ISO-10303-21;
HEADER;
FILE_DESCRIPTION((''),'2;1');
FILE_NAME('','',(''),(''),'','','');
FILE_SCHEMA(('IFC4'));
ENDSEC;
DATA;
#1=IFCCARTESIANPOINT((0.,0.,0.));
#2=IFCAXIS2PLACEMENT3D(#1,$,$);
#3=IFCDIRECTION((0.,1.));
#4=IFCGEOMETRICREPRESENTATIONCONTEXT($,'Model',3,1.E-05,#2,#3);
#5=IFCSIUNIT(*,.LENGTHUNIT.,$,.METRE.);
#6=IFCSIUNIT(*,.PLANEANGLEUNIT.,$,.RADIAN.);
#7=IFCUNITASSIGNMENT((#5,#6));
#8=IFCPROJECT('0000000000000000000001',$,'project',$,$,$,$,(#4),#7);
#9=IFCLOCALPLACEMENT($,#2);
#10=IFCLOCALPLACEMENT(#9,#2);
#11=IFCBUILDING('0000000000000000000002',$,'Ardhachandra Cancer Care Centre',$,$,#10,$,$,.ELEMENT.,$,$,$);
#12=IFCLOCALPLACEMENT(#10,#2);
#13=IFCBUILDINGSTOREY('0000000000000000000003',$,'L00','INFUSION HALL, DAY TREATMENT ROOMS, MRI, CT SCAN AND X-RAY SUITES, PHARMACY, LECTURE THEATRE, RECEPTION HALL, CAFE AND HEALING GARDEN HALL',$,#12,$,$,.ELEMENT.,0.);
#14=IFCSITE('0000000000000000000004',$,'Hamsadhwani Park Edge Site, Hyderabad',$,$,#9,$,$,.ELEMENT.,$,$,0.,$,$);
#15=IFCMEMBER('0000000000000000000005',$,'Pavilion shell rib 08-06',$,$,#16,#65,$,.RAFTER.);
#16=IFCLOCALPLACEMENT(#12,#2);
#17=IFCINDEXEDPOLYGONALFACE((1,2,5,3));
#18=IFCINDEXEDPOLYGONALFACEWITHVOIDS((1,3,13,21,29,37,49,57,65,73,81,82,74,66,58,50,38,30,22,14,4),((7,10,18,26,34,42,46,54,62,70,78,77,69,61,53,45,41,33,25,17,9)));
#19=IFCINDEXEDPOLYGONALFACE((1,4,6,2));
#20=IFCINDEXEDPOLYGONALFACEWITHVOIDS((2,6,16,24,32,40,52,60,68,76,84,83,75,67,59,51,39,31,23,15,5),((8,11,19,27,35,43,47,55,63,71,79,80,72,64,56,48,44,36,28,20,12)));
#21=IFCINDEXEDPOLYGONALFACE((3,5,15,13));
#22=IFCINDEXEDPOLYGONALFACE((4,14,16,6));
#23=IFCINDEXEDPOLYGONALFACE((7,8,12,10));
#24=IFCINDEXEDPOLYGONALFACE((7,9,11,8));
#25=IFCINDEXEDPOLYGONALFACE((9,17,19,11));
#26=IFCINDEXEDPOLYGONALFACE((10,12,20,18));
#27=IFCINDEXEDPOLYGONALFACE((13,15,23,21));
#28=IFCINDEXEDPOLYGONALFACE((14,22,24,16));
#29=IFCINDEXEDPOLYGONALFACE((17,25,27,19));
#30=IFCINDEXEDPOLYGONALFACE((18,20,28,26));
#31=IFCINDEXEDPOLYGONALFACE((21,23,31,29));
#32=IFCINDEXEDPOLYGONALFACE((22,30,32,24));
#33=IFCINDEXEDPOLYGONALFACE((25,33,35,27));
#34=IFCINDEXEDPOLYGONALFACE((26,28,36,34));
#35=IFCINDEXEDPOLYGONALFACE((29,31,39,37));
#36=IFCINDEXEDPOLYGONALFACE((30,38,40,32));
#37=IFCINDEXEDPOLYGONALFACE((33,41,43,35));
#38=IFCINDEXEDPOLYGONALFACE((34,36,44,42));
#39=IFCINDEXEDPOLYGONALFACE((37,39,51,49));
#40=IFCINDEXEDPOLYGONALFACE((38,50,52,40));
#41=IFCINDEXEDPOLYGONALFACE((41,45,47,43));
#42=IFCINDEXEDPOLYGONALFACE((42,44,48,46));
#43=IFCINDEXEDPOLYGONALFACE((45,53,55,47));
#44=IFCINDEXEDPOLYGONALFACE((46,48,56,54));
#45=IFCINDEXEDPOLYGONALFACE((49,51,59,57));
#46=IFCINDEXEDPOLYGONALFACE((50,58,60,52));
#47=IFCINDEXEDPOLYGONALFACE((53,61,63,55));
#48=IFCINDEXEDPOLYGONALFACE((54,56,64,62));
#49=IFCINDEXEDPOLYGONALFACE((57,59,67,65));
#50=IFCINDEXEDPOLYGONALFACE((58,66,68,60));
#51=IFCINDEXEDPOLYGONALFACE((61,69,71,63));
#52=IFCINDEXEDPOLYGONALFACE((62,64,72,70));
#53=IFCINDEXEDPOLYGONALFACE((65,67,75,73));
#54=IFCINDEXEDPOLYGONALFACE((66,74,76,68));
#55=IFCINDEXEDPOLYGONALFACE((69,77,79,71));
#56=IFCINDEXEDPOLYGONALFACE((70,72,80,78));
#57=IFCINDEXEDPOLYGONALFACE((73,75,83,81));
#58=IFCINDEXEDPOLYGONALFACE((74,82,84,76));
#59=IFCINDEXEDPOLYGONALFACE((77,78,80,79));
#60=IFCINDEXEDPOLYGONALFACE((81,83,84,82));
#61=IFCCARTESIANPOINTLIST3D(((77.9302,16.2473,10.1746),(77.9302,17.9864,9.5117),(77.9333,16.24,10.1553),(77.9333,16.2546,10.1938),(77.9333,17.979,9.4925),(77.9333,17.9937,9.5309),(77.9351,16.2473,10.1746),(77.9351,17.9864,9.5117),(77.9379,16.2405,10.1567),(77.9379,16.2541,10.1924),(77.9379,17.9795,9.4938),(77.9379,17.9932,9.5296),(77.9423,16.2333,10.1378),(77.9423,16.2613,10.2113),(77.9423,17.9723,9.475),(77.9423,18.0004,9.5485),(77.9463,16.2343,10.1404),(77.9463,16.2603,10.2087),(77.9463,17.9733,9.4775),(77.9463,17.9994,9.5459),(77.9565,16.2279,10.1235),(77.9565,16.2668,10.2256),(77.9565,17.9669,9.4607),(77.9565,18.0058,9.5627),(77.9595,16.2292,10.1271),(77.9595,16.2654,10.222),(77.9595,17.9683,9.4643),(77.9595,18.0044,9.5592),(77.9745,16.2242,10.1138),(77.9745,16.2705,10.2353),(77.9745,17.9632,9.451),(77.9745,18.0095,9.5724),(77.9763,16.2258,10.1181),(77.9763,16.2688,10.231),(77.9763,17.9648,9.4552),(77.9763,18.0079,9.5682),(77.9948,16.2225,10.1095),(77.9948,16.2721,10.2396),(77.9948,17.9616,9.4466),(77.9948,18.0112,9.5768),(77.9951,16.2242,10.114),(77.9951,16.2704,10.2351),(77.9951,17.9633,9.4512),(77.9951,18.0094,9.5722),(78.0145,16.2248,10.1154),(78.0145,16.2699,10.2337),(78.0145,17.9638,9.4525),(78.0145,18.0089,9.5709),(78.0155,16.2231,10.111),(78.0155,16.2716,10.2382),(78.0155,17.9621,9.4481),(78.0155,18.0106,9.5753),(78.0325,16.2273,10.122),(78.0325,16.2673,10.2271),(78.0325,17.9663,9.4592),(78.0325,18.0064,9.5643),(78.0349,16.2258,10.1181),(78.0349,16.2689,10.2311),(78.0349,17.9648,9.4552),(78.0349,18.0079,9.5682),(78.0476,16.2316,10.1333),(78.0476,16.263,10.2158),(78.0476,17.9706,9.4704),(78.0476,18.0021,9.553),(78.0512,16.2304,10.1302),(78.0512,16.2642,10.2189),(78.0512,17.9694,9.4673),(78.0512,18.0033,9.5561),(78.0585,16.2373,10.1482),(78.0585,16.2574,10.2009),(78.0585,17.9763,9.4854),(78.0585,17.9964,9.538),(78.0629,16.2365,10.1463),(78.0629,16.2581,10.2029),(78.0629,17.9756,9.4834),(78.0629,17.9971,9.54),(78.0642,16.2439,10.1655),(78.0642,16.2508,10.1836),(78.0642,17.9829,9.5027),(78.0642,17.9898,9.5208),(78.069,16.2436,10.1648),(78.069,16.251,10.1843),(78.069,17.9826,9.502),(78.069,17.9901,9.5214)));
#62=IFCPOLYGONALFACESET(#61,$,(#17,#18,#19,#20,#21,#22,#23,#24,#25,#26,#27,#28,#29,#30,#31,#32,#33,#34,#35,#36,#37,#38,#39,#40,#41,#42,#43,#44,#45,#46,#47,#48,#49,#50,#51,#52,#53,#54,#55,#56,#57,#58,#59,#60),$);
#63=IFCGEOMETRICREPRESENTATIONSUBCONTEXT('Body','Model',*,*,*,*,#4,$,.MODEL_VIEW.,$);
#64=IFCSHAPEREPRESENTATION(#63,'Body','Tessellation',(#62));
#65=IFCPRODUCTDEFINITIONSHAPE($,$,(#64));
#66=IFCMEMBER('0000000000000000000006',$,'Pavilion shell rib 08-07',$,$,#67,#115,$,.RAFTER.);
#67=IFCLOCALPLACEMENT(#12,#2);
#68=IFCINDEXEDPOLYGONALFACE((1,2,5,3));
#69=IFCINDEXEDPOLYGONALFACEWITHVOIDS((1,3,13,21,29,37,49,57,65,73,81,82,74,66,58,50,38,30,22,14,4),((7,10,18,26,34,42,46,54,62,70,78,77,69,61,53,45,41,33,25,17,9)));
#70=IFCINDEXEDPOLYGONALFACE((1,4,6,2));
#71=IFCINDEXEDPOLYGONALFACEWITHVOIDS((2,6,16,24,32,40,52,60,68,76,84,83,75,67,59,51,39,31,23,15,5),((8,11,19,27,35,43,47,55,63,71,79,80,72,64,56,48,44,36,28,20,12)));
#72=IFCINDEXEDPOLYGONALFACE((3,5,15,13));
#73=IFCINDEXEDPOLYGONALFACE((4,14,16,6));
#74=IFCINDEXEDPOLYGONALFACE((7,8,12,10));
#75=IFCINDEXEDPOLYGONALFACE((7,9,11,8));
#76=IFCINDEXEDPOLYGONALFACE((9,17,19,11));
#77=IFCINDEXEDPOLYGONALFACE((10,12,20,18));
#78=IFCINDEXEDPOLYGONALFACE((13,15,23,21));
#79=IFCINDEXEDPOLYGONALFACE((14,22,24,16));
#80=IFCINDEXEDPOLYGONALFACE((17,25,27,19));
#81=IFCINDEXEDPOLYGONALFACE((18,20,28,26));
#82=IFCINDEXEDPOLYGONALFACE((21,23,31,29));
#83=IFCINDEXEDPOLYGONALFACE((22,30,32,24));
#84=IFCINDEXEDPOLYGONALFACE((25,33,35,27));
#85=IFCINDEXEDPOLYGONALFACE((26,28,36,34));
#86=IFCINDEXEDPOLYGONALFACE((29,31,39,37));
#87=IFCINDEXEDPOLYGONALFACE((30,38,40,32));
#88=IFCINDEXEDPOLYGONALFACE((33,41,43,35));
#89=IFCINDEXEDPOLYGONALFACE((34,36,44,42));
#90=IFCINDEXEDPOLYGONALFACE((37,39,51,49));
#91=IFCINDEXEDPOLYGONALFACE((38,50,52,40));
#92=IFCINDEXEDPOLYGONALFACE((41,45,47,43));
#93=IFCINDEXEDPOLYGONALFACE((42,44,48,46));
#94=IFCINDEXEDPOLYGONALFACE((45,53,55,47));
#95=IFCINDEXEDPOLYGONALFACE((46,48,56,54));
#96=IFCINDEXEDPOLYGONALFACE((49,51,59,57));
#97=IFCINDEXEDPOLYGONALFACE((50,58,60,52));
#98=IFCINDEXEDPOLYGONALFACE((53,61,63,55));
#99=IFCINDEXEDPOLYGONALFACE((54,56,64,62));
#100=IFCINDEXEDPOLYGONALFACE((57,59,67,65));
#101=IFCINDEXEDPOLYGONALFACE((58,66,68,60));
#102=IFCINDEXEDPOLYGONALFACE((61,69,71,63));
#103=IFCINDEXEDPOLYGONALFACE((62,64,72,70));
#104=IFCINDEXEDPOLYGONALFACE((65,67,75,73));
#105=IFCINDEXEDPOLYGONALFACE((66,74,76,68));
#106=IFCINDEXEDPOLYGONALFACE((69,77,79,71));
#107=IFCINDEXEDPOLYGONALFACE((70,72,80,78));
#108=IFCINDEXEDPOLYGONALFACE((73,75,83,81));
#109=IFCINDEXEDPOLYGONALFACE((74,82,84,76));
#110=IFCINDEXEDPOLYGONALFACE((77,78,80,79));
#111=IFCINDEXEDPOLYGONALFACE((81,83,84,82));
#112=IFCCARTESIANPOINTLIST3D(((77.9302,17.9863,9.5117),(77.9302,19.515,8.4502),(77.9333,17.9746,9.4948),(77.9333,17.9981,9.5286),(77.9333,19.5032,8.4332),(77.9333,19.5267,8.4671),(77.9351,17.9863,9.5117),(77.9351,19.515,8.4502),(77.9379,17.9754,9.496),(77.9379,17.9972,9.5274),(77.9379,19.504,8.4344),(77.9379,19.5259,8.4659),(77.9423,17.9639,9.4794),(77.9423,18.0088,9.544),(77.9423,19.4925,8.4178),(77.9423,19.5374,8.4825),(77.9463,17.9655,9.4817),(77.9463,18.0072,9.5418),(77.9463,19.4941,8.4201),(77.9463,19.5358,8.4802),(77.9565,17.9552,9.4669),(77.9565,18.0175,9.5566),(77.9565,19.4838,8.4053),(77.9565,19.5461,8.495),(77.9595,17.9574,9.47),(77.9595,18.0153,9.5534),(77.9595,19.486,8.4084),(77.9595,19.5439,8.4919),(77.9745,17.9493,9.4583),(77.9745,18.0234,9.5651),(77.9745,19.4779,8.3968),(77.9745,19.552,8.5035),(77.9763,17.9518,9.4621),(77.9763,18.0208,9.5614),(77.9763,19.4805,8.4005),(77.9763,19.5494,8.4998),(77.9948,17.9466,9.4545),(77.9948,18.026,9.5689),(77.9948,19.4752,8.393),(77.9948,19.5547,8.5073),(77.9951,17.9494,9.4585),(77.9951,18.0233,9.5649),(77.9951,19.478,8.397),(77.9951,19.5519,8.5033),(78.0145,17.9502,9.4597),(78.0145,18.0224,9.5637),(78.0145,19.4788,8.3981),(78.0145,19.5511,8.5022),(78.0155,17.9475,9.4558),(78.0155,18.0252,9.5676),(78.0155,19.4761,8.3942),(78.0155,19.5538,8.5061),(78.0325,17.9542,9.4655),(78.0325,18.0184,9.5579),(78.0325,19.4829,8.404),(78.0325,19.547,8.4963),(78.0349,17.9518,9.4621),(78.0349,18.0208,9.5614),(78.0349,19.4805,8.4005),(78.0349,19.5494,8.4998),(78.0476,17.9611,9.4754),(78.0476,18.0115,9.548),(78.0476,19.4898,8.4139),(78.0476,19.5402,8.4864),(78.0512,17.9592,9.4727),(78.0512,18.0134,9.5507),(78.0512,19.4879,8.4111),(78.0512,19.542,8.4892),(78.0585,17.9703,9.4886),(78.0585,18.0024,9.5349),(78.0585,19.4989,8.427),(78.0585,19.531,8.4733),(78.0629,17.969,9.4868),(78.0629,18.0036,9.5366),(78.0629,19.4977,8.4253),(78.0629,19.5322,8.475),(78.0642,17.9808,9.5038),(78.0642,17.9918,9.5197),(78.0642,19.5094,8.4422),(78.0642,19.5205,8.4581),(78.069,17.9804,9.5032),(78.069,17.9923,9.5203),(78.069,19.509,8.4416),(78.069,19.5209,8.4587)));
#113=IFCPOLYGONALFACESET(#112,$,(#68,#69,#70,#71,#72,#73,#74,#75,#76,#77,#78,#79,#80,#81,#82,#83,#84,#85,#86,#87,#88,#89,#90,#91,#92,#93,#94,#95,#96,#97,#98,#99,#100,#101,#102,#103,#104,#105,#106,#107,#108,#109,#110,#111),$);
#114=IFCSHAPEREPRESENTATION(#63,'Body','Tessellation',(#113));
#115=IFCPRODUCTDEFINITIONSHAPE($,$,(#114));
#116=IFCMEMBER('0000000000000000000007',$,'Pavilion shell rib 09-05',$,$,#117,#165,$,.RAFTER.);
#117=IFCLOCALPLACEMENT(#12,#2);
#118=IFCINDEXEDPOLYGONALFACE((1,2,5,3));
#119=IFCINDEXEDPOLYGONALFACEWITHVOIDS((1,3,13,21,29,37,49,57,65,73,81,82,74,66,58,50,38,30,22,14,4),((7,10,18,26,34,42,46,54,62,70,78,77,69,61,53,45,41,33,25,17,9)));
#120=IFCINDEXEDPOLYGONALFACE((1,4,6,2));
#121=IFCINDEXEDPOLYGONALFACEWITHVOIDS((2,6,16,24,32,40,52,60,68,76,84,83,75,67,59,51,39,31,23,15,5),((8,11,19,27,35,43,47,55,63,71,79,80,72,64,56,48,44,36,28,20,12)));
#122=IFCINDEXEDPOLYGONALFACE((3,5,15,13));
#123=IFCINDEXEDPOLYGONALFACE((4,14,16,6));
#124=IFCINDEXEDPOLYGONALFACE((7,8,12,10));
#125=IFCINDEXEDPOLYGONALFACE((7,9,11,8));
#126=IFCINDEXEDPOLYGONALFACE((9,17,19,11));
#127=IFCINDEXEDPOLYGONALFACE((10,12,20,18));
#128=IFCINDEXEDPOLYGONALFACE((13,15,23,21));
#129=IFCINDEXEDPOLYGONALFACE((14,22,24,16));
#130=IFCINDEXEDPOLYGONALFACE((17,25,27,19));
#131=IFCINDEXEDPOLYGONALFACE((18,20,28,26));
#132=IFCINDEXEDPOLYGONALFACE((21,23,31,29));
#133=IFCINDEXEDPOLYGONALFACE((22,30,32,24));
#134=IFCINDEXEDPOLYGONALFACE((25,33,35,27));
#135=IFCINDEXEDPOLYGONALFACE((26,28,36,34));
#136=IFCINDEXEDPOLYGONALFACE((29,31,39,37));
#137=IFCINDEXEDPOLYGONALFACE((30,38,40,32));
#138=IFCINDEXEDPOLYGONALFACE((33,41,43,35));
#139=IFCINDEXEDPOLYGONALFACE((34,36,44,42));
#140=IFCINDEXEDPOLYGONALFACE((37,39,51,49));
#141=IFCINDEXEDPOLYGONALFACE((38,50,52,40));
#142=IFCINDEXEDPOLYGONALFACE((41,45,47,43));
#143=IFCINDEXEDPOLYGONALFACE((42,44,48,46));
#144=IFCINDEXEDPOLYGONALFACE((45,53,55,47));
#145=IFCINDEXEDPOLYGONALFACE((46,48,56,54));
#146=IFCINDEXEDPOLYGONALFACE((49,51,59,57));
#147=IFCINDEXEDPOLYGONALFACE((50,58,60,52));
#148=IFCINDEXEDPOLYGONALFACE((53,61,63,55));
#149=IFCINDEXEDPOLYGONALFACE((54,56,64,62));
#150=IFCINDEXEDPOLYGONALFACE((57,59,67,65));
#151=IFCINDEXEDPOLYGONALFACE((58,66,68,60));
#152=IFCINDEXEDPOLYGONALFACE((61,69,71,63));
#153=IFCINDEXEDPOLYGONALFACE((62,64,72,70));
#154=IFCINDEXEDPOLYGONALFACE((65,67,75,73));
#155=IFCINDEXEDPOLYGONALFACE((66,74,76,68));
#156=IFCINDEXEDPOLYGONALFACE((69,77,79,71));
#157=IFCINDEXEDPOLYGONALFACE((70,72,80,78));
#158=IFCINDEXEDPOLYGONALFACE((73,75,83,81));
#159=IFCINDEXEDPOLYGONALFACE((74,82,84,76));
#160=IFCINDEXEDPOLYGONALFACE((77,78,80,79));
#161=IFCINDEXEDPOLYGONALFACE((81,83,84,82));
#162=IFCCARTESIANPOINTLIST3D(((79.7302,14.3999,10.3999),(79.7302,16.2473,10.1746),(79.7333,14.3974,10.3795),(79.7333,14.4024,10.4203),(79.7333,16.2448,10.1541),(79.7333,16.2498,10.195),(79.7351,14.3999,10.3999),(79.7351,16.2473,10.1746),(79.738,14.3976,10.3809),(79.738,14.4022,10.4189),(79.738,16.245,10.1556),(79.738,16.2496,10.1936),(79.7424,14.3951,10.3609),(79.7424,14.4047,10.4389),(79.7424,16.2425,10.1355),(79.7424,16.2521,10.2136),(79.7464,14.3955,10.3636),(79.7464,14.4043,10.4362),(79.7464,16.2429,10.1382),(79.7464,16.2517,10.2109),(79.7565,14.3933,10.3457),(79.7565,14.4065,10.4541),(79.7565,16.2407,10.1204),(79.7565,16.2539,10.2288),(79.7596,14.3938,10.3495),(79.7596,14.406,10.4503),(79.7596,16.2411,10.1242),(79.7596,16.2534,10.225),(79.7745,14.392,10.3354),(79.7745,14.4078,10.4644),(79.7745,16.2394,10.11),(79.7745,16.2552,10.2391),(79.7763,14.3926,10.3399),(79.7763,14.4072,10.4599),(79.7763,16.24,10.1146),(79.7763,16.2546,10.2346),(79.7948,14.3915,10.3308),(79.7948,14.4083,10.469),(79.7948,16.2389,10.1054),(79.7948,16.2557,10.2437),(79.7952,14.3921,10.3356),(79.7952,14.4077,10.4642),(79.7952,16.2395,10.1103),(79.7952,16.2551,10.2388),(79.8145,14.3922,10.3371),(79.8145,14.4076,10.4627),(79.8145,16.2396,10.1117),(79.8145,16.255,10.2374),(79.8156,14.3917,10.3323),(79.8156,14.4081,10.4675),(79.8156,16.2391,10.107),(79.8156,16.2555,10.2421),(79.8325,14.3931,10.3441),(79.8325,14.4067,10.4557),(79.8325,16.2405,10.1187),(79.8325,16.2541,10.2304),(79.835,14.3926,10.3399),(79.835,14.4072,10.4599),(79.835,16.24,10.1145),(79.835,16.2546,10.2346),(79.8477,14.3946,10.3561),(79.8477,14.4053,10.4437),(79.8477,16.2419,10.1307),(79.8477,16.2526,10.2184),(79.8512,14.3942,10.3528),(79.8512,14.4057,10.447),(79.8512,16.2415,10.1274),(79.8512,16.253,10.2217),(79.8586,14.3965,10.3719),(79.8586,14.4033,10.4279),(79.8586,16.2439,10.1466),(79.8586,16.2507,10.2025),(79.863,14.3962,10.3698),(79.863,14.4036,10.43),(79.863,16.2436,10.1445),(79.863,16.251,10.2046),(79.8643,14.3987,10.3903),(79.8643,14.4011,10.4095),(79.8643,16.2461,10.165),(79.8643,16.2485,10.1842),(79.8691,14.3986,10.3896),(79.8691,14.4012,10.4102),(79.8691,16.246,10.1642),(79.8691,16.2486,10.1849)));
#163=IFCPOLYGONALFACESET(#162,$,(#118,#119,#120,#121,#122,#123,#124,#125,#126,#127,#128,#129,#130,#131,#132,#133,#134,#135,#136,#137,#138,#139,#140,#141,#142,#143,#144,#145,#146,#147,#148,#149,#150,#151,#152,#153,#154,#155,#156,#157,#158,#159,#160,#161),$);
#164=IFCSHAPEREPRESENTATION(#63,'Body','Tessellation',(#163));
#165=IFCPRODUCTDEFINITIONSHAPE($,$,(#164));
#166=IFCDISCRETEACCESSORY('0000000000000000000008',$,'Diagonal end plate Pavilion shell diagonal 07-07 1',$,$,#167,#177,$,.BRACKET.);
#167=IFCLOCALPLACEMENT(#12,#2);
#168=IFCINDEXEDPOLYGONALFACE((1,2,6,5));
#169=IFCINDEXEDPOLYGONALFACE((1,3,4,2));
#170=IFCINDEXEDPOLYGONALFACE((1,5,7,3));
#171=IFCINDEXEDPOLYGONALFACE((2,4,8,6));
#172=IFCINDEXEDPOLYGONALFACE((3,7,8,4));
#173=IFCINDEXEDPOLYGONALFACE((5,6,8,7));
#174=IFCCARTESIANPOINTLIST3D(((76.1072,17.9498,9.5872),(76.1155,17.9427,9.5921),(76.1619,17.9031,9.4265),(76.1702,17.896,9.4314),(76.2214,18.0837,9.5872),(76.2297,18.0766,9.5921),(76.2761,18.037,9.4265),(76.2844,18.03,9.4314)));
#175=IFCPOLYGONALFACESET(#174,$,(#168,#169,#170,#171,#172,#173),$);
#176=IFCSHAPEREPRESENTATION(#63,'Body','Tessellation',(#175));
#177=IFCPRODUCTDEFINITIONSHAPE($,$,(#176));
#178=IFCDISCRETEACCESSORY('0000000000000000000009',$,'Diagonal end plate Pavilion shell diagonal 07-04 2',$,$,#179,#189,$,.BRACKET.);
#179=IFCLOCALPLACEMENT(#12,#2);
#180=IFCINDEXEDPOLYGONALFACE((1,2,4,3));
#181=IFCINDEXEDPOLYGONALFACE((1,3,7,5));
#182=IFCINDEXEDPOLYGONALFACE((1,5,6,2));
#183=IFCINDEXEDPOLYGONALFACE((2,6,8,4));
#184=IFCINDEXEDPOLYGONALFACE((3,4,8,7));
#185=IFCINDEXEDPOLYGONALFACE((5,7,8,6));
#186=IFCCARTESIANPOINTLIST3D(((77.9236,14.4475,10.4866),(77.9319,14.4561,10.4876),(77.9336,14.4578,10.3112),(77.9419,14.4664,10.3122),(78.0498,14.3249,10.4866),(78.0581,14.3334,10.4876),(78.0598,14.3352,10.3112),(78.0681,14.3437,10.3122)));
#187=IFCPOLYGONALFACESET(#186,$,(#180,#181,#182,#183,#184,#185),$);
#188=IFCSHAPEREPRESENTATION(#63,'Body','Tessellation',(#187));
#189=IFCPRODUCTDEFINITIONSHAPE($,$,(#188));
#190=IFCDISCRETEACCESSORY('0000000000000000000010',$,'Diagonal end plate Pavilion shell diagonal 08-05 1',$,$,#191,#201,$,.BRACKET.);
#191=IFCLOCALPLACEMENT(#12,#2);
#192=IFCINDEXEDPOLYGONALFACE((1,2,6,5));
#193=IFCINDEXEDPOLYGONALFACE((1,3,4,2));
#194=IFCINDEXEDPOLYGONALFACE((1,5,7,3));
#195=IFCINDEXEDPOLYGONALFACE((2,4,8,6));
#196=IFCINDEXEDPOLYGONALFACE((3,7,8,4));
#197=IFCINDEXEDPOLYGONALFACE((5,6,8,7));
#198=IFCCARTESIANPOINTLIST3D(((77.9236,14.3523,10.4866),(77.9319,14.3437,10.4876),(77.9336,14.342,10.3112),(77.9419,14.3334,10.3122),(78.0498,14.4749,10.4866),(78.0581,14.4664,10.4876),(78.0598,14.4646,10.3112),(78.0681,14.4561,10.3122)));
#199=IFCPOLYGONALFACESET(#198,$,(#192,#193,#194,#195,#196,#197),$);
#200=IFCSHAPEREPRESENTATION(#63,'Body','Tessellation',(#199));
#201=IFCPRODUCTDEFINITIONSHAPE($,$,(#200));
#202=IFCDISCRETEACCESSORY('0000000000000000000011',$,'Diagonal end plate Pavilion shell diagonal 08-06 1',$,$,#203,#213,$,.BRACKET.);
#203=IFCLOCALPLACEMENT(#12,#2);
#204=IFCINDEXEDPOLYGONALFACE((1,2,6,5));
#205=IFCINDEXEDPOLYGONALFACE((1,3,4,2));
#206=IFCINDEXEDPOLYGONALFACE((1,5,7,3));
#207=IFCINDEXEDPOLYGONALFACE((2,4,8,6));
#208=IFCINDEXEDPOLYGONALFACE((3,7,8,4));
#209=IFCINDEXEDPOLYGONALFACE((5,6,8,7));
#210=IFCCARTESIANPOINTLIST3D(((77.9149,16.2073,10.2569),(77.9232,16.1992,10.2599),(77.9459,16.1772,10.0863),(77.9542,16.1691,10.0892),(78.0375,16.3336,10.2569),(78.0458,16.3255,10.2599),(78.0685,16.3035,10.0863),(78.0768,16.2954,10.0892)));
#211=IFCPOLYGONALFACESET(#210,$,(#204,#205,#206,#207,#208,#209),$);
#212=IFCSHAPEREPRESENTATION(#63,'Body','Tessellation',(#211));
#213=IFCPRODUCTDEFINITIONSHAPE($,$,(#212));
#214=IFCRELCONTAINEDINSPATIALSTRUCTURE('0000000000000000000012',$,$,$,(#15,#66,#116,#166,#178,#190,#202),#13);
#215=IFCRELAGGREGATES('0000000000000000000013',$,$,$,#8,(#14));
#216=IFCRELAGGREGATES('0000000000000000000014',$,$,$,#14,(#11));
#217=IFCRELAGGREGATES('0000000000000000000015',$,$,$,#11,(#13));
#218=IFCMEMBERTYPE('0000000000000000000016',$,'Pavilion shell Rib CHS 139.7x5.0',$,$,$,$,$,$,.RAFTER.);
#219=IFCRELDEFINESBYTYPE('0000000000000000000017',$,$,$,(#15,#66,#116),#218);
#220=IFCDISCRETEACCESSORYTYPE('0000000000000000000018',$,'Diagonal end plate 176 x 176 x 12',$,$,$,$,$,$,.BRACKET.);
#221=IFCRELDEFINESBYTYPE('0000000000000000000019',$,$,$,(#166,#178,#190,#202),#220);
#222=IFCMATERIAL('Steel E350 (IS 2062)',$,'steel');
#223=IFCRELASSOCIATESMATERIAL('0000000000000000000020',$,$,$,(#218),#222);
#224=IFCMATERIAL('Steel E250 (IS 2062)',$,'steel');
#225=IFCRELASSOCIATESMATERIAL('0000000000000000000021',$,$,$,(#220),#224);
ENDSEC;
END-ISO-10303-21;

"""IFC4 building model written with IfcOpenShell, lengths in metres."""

from ifc_helpers import new_model, si_unit, direction, frame, origin, origin_2d, place, context, subcontext, project, spatial, rectangle, hollow_circle, extrude, material, material_profile, profile_set, type_object, element, save


model = new_model("IFC4")

# Units and contexts
model_context = context("Model", 3, precision=1e-05, world=origin(), true_north=direction((0.0, 1.0)))
body_context = subcontext(model_context, "Body", "Model", "MODEL_VIEW")
ifc_project = project(units=[si_unit("LENGTHUNIT", "METRE"), si_unit("PLANEANGLEUNIT", "RADIAN")], contexts=[model_context])

# Site, building, storey
site_placement = place(None, origin())
site = spatial("IfcSite", under=ifc_project, at=site_placement, Name="Hamsadhwani Park Edge Site, Hyderabad", CompositionType="ELEMENT", RefElevation=0.0)
building_placement = place(site_placement, origin())
building = spatial("IfcBuilding", under=site, at=building_placement, Name="Ardhachandra Cancer Care Centre", CompositionType="ELEMENT")
storey_placement = place(building_placement, origin())
storey = spatial("IfcBuildingStorey", under=building, at=storey_placement, Name="L00", Description="INFUSION HALL, DAY TREATMENT ROOMS, MRI, CT SCAN AND X-RAY SUITES, PHARMACY, LECTURE THEATRE, RECEPTION HALL, CAFE AND HEALING GARDEN HALL", CompositionType="ELEMENT", Elevation=0.0)

# Members
ifc_material_1 = material(Name="Steel E350 (IS 2062)", Category="steel")
ifc_material_profile_1 = material_profile(ifc_material_1, hollow_circle(Radius=0.0698, WallThickness=0.0049, at=origin_2d()), Name="CHS 139.7x5.0")
ifc_profile_set_1 = profile_set([ifc_material_profile_1], Name="Steel E350 (IS 2062)")
member_type_1 = type_object("IfcMemberType", Name="Pavilion shell Rib CHS 139.7x5.0", PredefinedType="RAFTER", material=ifc_profile_set_1)
for number, where, z_axis, x_axis, name in (
    (1, (78.0, 16.2473, 10.1746), (0.0, 0.934423, -0.356164), (-1.0, 0.0, 0.0), "Pavilion shell rib 08-06"),
    (2, (78.0, 17.9863, 9.5117), (0.0, 0.821365, -0.570403), (-1.0, 0.0, 0.0), "Pavilion shell rib 08-07"),
    (3, (79.8, 14.3999, 10.3999), (0.0, 0.992643, -0.12108), (-1.0, 0.0, 0.0), "Pavilion shell rib 09-05"),
):
    element("IfcMember", number, at=place(storey_placement, frame(where, z_axis=z_axis, x_axis=x_axis)), inside=storey, type_object=member_type_1, Name=name, PredefinedType="RAFTER", context=body_context, shape_type="SweptSolid", body=[
        extrude(hollow_circle(Radius=0.0698, WallThickness=0.0049, at=origin_2d()), origin(), (0.0, 0.0, 1.0), 1.8611),
    ])

# Discrete accessories
ifc_material_2 = material(Name="Steel E250 (IS 2062)", Category="steel")
ifc_material_profile_2 = material_profile(ifc_material_2, rectangle(XDim=0.176, YDim=0.176, at=origin_2d()), Name="PL 176x176x12")
ifc_profile_set_2 = profile_set([ifc_material_profile_2], Name="Steel E250 (IS 2062)")
discrete_accessory_type = type_object("IfcDiscreteAccessoryType", Name="Diagonal end plate 176 x 176 x 12", PredefinedType="BRACKET", material=ifc_profile_set_2)
for number, where, z_axis, x_axis, name in (
    (4, (76.2, 17.9863, 9.5117), (-0.694456, 0.59233, -0.408504), (-0.648947, -0.760834, 0.0), "Diagonal end plate Pavilion shell diagonal 07-07 1"),
    (5, (78.0, 14.3999, 10.3999), (-0.694456, -0.714881, -0.081701), (0.717279, -0.696786, 0.0), "Diagonal end plate Pavilion shell diagonal 07-04 2"),
    (6, (78.0, 14.3999, 10.3999), (-0.694456, 0.714881, -0.081701), (-0.717279, -0.696786, 0.0), "Diagonal end plate Pavilion shell diagonal 08-05 1"),
    (7, (78.0, 16.2473, 10.1746), (-0.695618, 0.675159, -0.245512), (-0.696475, -0.717581, 0.0), "Diagonal end plate Pavilion shell diagonal 08-06 1"),
):
    element("IfcDiscreteAccessory", number, at=place(storey_placement, frame(where, z_axis=z_axis, x_axis=x_axis)), inside=storey, type_object=discrete_accessory_type, Name=name, PredefinedType="BRACKET", context=body_context, shape_type="SweptSolid", body=[
        extrude(rectangle(XDim=0.176, YDim=0.176, at=origin_2d()), origin(), (0.0, 0.0, 1.0), 0.012),
    ])

save(model, "model.ifc")
